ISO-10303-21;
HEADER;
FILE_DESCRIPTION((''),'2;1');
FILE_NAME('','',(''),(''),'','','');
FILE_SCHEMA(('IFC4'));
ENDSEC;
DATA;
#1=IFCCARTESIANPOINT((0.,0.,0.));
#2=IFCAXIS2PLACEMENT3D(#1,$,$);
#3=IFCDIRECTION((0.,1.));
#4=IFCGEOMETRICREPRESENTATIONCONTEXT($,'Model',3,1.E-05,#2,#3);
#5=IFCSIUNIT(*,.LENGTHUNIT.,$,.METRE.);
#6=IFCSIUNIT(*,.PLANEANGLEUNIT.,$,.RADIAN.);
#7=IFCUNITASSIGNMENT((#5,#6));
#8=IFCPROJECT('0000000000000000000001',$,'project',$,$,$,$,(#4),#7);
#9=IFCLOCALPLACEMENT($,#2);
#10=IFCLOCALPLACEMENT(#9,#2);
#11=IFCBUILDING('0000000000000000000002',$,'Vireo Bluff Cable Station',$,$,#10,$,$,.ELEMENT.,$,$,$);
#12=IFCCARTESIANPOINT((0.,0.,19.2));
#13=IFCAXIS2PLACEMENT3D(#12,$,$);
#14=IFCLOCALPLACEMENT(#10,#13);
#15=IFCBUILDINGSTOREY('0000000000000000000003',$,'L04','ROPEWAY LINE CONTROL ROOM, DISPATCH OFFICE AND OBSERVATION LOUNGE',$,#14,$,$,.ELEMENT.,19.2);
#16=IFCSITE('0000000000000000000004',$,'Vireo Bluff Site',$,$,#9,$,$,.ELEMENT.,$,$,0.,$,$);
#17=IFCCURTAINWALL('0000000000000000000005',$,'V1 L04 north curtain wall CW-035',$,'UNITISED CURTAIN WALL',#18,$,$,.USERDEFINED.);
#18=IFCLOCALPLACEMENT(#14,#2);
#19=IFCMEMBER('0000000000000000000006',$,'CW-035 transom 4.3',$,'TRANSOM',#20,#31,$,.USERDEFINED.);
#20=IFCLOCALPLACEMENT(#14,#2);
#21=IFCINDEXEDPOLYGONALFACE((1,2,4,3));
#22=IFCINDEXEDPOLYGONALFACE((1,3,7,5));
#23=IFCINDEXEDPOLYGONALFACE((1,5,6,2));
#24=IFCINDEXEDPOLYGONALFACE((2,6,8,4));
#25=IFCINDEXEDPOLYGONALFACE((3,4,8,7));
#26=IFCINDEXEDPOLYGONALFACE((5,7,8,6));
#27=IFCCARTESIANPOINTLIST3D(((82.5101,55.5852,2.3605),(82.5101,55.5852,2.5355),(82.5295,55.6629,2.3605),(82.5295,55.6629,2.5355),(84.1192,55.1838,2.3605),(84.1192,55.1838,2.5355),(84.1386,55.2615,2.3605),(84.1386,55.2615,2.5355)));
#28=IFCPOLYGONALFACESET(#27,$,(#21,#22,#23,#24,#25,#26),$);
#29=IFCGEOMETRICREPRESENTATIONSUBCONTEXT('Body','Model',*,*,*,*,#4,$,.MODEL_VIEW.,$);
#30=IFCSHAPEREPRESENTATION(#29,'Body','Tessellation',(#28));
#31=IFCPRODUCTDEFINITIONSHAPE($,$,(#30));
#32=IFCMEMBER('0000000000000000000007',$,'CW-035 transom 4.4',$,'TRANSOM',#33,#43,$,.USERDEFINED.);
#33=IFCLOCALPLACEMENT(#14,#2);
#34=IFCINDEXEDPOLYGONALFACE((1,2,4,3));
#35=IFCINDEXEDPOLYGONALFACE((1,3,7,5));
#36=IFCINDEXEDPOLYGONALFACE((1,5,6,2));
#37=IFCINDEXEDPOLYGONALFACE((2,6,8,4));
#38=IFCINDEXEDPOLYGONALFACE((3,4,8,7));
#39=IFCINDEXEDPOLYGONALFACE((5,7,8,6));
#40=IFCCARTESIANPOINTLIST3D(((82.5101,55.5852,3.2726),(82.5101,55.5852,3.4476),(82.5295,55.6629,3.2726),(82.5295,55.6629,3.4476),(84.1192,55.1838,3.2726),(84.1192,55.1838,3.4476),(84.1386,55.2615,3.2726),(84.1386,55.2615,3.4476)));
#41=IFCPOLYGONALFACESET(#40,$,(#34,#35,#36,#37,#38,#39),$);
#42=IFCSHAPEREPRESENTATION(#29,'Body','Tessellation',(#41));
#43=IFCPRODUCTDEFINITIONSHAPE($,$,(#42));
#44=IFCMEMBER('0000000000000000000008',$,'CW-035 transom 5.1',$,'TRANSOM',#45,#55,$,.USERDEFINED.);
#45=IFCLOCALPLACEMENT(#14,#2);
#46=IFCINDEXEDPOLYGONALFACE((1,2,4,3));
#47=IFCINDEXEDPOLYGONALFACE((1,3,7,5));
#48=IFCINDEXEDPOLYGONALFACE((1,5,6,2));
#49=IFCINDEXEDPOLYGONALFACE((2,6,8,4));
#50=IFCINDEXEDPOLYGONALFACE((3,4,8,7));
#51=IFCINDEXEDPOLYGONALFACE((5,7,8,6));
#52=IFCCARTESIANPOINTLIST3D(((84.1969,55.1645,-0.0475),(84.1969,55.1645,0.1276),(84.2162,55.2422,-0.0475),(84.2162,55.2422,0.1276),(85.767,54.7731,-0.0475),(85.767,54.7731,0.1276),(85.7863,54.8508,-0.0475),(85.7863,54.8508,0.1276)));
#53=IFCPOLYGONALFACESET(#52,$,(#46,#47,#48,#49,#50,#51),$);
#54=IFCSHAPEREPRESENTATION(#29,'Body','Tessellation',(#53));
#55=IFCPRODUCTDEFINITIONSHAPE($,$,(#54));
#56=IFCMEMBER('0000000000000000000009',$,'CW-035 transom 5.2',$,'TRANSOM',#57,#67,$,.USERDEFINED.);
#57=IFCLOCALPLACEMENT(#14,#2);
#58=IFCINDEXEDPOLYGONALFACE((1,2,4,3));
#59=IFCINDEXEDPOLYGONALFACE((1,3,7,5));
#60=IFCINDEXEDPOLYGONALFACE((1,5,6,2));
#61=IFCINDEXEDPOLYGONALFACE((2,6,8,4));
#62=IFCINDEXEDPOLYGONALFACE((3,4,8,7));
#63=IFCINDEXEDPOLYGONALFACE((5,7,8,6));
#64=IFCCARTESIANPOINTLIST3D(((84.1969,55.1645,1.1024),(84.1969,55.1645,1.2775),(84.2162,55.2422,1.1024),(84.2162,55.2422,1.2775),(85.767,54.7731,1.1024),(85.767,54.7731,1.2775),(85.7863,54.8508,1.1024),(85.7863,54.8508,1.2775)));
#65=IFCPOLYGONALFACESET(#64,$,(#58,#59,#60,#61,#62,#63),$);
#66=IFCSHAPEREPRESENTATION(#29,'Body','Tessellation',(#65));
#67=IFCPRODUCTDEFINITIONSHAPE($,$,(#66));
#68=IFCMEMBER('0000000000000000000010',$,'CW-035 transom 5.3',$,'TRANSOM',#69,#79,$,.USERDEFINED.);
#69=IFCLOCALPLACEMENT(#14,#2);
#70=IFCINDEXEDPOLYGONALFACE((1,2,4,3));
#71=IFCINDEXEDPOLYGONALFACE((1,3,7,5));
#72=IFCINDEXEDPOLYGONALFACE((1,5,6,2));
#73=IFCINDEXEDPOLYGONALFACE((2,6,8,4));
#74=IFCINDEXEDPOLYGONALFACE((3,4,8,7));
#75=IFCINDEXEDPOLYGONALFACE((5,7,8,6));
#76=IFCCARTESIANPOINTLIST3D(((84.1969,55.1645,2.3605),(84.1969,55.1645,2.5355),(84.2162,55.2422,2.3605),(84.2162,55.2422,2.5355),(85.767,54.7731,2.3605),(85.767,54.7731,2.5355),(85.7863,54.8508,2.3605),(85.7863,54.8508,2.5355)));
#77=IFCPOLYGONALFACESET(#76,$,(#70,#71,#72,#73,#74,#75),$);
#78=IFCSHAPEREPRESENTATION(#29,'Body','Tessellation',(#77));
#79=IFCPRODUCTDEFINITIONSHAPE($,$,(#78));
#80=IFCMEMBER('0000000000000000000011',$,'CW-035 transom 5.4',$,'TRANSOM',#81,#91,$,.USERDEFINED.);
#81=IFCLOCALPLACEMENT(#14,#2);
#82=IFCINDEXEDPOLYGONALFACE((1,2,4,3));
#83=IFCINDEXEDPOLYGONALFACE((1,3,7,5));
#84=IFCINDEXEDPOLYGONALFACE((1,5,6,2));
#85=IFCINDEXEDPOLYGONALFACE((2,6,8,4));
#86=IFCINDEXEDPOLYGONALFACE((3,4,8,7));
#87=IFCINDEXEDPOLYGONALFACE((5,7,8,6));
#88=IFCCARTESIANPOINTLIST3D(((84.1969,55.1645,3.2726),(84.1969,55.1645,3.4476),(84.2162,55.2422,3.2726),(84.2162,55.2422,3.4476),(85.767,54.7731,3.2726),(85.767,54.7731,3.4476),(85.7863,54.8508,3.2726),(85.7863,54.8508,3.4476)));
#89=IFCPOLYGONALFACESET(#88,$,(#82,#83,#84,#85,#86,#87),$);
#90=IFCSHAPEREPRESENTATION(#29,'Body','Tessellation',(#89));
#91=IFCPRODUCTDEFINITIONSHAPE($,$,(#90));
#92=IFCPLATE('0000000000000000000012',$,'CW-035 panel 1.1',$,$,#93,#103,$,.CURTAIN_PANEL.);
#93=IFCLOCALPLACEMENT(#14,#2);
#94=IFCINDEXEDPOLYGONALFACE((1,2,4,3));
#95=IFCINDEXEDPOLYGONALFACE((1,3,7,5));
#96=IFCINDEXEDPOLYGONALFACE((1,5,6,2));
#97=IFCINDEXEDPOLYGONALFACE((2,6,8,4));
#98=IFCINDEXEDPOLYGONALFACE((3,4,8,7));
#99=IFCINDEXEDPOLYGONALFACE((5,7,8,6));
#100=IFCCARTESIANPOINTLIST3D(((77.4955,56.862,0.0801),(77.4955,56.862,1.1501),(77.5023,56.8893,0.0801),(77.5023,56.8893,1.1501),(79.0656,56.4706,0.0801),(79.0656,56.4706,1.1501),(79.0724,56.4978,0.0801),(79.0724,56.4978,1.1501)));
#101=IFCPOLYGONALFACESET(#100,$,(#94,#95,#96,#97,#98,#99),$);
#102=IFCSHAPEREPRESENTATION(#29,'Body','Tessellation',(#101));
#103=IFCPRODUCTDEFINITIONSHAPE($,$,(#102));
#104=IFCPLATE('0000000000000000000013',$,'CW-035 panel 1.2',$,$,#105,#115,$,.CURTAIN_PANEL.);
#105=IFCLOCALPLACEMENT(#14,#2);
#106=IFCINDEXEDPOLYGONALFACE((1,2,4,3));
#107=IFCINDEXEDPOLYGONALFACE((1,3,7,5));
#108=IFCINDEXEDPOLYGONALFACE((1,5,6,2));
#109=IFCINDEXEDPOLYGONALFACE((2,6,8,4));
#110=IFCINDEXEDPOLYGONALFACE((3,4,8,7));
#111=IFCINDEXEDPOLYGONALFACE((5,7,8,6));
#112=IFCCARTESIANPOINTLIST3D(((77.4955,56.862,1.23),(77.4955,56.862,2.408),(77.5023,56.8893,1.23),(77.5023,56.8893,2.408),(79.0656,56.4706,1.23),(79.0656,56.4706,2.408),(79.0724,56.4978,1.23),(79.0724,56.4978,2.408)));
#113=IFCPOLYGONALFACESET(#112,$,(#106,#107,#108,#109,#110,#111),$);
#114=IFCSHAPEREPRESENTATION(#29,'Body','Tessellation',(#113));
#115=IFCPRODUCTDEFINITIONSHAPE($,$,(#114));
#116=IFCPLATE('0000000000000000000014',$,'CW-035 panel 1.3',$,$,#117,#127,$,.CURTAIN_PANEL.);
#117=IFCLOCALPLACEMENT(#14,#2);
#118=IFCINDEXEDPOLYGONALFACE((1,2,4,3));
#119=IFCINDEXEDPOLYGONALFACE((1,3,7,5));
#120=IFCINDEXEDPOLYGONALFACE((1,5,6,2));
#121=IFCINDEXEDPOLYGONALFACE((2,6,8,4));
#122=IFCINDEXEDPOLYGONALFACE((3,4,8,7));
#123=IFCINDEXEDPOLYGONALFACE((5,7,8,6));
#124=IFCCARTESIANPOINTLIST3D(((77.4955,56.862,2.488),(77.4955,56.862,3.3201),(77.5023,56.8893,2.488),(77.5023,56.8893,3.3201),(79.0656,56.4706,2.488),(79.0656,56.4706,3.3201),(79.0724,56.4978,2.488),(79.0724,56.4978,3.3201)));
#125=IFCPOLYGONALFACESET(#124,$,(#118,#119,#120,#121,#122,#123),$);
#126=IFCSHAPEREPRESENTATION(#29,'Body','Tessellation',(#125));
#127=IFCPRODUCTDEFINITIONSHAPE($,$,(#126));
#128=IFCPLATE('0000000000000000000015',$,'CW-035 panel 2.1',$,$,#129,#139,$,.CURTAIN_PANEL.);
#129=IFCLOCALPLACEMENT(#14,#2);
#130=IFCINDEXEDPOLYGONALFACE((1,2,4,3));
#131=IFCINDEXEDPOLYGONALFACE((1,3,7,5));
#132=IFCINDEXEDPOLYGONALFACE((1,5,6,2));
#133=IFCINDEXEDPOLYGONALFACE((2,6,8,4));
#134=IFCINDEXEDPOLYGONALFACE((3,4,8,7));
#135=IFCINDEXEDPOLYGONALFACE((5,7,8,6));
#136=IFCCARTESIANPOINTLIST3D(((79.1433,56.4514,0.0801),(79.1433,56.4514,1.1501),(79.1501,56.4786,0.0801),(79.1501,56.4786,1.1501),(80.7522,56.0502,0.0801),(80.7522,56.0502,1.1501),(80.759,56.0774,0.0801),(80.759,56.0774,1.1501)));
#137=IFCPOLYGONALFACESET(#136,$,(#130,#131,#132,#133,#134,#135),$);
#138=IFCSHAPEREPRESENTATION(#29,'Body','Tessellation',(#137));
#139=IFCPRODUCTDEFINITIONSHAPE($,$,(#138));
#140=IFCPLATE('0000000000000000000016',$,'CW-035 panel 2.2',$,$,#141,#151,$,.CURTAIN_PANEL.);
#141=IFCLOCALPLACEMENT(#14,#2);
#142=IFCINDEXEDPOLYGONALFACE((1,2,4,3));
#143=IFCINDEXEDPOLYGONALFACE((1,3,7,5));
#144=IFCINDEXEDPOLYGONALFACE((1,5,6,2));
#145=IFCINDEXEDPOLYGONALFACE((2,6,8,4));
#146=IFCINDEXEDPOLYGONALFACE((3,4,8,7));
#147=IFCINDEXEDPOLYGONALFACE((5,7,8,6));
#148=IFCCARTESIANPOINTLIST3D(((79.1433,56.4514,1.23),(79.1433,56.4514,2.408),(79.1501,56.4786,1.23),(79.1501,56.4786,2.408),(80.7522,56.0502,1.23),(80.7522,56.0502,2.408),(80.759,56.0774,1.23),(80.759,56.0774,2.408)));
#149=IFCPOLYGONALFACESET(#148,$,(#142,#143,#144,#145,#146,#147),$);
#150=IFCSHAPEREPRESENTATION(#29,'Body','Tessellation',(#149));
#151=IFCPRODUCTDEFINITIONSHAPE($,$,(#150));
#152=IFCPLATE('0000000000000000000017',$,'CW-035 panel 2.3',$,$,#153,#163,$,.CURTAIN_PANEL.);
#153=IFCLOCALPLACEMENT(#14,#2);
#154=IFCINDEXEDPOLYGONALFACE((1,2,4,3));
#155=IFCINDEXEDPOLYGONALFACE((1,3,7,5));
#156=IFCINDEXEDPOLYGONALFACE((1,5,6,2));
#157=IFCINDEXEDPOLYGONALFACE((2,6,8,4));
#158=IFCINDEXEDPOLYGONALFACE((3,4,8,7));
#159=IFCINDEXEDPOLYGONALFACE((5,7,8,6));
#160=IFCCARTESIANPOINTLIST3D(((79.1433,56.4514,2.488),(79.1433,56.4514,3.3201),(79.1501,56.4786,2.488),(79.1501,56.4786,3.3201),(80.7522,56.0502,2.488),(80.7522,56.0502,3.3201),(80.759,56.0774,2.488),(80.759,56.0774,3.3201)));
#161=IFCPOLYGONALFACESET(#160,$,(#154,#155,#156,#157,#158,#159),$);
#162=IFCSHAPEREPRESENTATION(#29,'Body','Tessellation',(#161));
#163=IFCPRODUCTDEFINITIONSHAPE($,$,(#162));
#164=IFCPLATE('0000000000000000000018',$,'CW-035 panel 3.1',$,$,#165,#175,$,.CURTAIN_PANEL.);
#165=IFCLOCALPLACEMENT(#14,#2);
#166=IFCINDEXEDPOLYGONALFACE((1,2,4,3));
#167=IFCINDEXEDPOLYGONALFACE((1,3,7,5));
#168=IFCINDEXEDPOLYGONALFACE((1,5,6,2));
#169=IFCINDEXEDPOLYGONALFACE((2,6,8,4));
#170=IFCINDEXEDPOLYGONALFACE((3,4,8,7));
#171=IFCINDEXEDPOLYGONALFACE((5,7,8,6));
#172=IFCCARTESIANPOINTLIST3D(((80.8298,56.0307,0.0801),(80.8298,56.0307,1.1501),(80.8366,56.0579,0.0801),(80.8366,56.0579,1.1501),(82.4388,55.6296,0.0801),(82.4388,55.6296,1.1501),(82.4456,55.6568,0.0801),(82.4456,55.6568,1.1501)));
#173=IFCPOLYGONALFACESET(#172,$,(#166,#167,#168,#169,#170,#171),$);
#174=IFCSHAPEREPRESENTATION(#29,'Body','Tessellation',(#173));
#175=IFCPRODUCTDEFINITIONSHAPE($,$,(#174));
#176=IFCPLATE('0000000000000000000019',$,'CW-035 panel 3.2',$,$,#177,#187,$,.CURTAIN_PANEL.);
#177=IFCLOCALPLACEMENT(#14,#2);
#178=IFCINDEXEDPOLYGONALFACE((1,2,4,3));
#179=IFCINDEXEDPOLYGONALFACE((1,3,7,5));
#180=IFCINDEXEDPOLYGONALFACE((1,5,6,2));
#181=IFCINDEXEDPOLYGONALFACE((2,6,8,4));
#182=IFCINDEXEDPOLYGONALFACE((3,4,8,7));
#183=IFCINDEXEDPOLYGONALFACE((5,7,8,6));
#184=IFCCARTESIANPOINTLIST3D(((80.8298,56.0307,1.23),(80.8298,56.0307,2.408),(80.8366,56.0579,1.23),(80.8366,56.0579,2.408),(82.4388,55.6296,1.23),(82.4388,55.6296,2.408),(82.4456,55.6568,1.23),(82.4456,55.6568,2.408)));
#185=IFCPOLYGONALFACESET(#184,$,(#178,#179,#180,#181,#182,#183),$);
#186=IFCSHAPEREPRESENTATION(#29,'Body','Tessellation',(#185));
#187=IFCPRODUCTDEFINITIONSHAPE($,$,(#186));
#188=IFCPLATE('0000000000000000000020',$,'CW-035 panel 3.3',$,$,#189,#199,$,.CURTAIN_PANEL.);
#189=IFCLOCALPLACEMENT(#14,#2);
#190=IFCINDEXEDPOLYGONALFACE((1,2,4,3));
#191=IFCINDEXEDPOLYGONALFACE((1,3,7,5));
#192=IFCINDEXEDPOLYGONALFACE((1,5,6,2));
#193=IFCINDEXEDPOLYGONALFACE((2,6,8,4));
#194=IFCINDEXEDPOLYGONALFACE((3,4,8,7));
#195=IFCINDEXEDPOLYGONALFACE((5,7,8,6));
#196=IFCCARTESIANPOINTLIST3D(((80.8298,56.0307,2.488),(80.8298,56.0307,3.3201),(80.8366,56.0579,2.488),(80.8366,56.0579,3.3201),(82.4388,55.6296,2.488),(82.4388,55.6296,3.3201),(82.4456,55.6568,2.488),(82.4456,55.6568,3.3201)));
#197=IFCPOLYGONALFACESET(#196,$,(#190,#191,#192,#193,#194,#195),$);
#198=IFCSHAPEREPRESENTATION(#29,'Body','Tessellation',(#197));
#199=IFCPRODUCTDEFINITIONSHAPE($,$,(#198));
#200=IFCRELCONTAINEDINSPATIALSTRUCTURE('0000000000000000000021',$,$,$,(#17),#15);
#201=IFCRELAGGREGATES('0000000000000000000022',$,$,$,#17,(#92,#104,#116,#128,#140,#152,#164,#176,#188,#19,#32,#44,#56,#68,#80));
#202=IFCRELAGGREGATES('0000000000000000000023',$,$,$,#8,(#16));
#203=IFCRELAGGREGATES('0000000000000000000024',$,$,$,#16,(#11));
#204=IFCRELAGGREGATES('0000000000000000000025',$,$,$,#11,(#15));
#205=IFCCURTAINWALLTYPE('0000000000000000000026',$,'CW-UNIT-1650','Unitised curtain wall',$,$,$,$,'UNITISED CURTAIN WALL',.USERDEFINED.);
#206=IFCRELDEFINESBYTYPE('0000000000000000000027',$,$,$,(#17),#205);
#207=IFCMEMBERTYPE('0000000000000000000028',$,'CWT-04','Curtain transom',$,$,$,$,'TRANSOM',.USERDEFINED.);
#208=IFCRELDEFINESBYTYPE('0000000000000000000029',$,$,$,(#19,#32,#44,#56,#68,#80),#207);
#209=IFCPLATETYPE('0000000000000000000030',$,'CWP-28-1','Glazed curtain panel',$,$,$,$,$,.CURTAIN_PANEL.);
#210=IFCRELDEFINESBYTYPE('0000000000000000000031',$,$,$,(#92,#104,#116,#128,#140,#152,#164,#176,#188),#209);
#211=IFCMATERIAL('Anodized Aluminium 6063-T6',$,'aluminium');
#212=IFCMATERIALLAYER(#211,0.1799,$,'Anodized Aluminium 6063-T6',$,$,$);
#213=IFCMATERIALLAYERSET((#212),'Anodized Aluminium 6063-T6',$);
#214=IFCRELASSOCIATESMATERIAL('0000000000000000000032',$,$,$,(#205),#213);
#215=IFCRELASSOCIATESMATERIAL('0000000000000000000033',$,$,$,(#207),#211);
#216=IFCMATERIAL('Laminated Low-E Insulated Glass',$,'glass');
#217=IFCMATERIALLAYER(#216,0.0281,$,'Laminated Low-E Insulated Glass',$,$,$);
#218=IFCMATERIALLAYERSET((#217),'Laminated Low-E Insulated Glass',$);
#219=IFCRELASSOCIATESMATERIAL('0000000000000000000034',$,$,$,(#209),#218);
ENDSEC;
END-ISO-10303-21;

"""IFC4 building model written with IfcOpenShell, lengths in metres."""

from ifc_helpers import new_model, si_unit, direction, frame, origin, origin_2d, place, context, subcontext, project, spatial, rectangle, extrude, material, layer, layer_set, material_profile, profile_set, type_object, element, aggregate, save


model = new_model("IFC4")

# Units and contexts
model_context = context("Model", 3, precision=1e-05, world=origin(), true_north=direction((0.0, 1.0)))
body_context = subcontext(model_context, "Body", "Model", "MODEL_VIEW")
ifc_project = project(units=[si_unit("LENGTHUNIT", "METRE"), si_unit("PLANEANGLEUNIT", "RADIAN")], contexts=[model_context])

# Site, building, storey
site_placement = place(None, origin())
site = spatial("IfcSite", under=ifc_project, at=site_placement, Name="Vireo Bluff Site", CompositionType="ELEMENT", RefElevation=0.0)
building_placement = place(site_placement, origin())
building = spatial("IfcBuilding", under=site, at=building_placement, Name="Vireo Bluff Cable Station", CompositionType="ELEMENT")
storey_placement = place(building_placement, frame((0.0, 0.0, 19.2)))
storey = spatial("IfcBuildingStorey", under=building, at=storey_placement, Name="L04", Description="ROPEWAY LINE CONTROL ROOM, DISPATCH OFFICE AND OBSERVATION LOUNGE", CompositionType="ELEMENT", Elevation=19.2)

# Curtain wall, members, plates
ifc_material_1 = material(Name="Anodized Aluminium 6063-T6", Category="aluminium")
ifc_layer_1 = layer(ifc_material_1, 0.1799, Name="Anodized Aluminium 6063-T6")
ifc_layer_set_1 = layer_set([ifc_layer_1], Name="Anodized Aluminium 6063-T6")
curtain_wall_type = type_object("IfcCurtainWallType", Name="CW-UNIT-1650", Description="Unitised curtain wall", ElementType="UNITISED CURTAIN WALL", PredefinedType="USERDEFINED", material=ifc_layer_set_1)
curtain_wall_placement = place(storey_placement, origin())
curtain_wall = element("IfcCurtainWall", 1, at=curtain_wall_placement, inside=storey, type_object=curtain_wall_type, Name="V1 L04 north curtain wall CW-035", ObjectType="UNITISED CURTAIN WALL", PredefinedType="USERDEFINED")
ifc_material_profile_1 = material_profile(ifc_material_1, rectangle(XDim=0.0801, YDim=0.175, at=origin_2d()), Name="ALU-T-80X175")
ifc_profile_set_1 = profile_set([ifc_material_profile_1], Name="Anodized Aluminium 6063-T6")
member_type_1 = type_object("IfcMemberType", Name="CWT-04", Description="Curtain transom", ElementType="TRANSOM", PredefinedType="USERDEFINED", material=ifc_profile_set_1)
member_1_placement = place(storey_placement, frame((82.5198, 55.624, 2.448), z_axis=(0.970272, -0.242016, 0.0), x_axis=(0.242016, 0.970272, 0.0)))
member_1 = element("IfcMember", 2, at=member_1_placement, type_object=member_type_1, Name="CW-035 transom 4.3", ObjectType="TRANSOM", PredefinedType="USERDEFINED", context=body_context, shape_type="SweptSolid", body=[
    extrude(rectangle(XDim=0.0801, YDim=0.175, at=origin_2d()), origin(), (0.0, 0.0, 1.0), 1.6584),
])
member_2_placement = place(storey_placement, frame((82.5198, 55.624, 3.3601), z_axis=(0.970272, -0.242016, 0.0), x_axis=(0.242016, 0.970272, 0.0)))
member_2 = element("IfcMember", 3, at=member_2_placement, type_object=member_type_1, Name="CW-035 transom 4.4", ObjectType="TRANSOM", PredefinedType="USERDEFINED", context=body_context, shape_type="SweptSolid", body=[
    extrude(rectangle(XDim=0.0801, YDim=0.175, at=origin_2d()), origin(), (0.0, 0.0, 1.0), 1.6584),
])
member_3_placement = place(storey_placement, frame((84.2065, 55.2034, 0.04), z_axis=(0.970311, -0.241861, 0.0), x_axis=(0.241861, 0.970311, 0.0)))
member_3 = element("IfcMember", 4, at=member_3_placement, type_object=member_type_1, Name="CW-035 transom 5.1", ObjectType="TRANSOM", PredefinedType="USERDEFINED", context=body_context, shape_type="SweptSolid", body=[
    extrude(rectangle(XDim=0.0801, YDim=0.175, at=origin_2d()), origin(), (0.0, 0.0, 1.0), 1.6182),
])
member_4_placement = place(storey_placement, frame((84.2065, 55.2034, 1.1899), z_axis=(0.970311, -0.241861, 0.0), x_axis=(0.241861, 0.970311, 0.0)))
member_4 = element("IfcMember", 5, at=member_4_placement, type_object=member_type_1, Name="CW-035 transom 5.2", ObjectType="TRANSOM", PredefinedType="USERDEFINED", context=body_context, shape_type="SweptSolid", body=[
    extrude(rectangle(XDim=0.0801, YDim=0.175, at=origin_2d()), origin(), (0.0, 0.0, 1.0), 1.6182),
])
member_5_placement = place(storey_placement, frame((84.2065, 55.2034, 2.448), z_axis=(0.970311, -0.241861, 0.0), x_axis=(0.241861, 0.970311, 0.0)))
member_5 = element("IfcMember", 6, at=member_5_placement, type_object=member_type_1, Name="CW-035 transom 5.3", ObjectType="TRANSOM", PredefinedType="USERDEFINED", context=body_context, shape_type="SweptSolid", body=[
    extrude(rectangle(XDim=0.0801, YDim=0.175, at=origin_2d()), origin(), (0.0, 0.0, 1.0), 1.6182),
])
member_6_placement = place(storey_placement, frame((84.2065, 55.2034, 3.3601), z_axis=(0.970311, -0.241861, 0.0), x_axis=(0.241861, 0.970311, 0.0)))
member_6 = element("IfcMember", 7, at=member_6_placement, type_object=member_type_1, Name="CW-035 transom 5.4", ObjectType="TRANSOM", PredefinedType="USERDEFINED", context=body_context, shape_type="SweptSolid", body=[
    extrude(rectangle(XDim=0.0801, YDim=0.175, at=origin_2d()), origin(), (0.0, 0.0, 1.0), 1.6182),
])
ifc_material_2 = material(Name="Laminated Low-E Insulated Glass", Category="glass")
ifc_layer_2 = layer(ifc_material_2, 0.0281, Name="Laminated Low-E Insulated Glass")
ifc_layer_set_2 = layer_set([ifc_layer_2], Name="Laminated Low-E Insulated Glass")
plate_type = type_object("IfcPlateType", Name="CWP-28-1", Description="Glazed curtain panel", PredefinedType="CURTAIN_PANEL", material=ifc_layer_set_2)
plate_1_placement = place(storey_placement, frame((78.2839, 56.6799, 0.0801), z_axis=(0.0, 0.0, 1.0), x_axis=(0.970296, -0.241922, 0.0)))
plate_1 = element("IfcPlate", 8, at=plate_1_placement, type_object=plate_type, Name="CW-035 panel 1.1", PredefinedType="CURTAIN_PANEL", context=body_context, shape_type="SweptSolid", body=[
    extrude(rectangle(XDim=1.6182, YDim=0.0281, at=origin_2d()), origin(), (0.0, 0.0, 1.0), 1.0701),
])
plate_2_placement = place(storey_placement, frame((78.2839, 56.6799, 1.23), z_axis=(0.0, 0.0, 1.0), x_axis=(0.970296, -0.241922, 0.0)))
plate_2 = element("IfcPlate", 9, at=plate_2_placement, type_object=plate_type, Name="CW-035 panel 1.2", PredefinedType="CURTAIN_PANEL", context=body_context, shape_type="SweptSolid", body=[
    extrude(rectangle(XDim=1.6182, YDim=0.0281, at=origin_2d()), origin(), (0.0, 0.0, 1.0), 1.178),
])
plate_3_placement = place(storey_placement, frame((78.2839, 56.6799, 2.488), z_axis=(0.0, 0.0, 1.0), x_axis=(0.970296, -0.241922, 0.0)))
plate_3 = element("IfcPlate", 10, at=plate_3_placement, type_object=plate_type, Name="CW-035 panel 1.3", PredefinedType="CURTAIN_PANEL", context=body_context, shape_type="SweptSolid", body=[
    extrude(rectangle(XDim=1.6182, YDim=0.0281, at=origin_2d()), origin(), (0.0, 0.0, 1.0), 0.832),
])
plate_4_placement = place(storey_placement, frame((79.9512, 56.2644, 0.0801), z_axis=(0.0, 0.0, 1.0), x_axis=(0.970296, -0.241922, 0.0)))
plate_4 = element("IfcPlate", 11, at=plate_4_placement, type_object=plate_type, Name="CW-035 panel 2.1", PredefinedType="CURTAIN_PANEL", context=body_context, shape_type="SweptSolid", body=[
    extrude(rectangle(XDim=1.6582, YDim=0.0281, at=origin_2d()), origin(), (0.0, 0.0, 1.0), 1.0701),
])
plate_5_placement = place(storey_placement, frame((79.9512, 56.2644, 1.23), z_axis=(0.0, 0.0, 1.0), x_axis=(0.970296, -0.241922, 0.0)))
plate_5 = element("IfcPlate", 12, at=plate_5_placement, type_object=plate_type, Name="CW-035 panel 2.2", PredefinedType="CURTAIN_PANEL", context=body_context, shape_type="SweptSolid", body=[
    extrude(rectangle(XDim=1.6582, YDim=0.0281, at=origin_2d()), origin(), (0.0, 0.0, 1.0), 1.178),
])
plate_6_placement = place(storey_placement, frame((79.9512, 56.2644, 2.488), z_axis=(0.0, 0.0, 1.0), x_axis=(0.970296, -0.241922, 0.0)))
plate_6 = element("IfcPlate", 13, at=plate_6_placement, type_object=plate_type, Name="CW-035 panel 2.3", PredefinedType="CURTAIN_PANEL", context=body_context, shape_type="SweptSolid", body=[
    extrude(rectangle(XDim=1.6582, YDim=0.0281, at=origin_2d()), origin(), (0.0, 0.0, 1.0), 0.832),
])
plate_7_placement = place(storey_placement, frame((81.6377, 55.8438, 0.0801), z_axis=(0.0, 0.0, 1.0), x_axis=(0.970296, -0.241922, 0.0)))
plate_7 = element("IfcPlate", 14, at=plate_7_placement, type_object=plate_type, Name="CW-035 panel 3.1", PredefinedType="CURTAIN_PANEL", context=body_context, shape_type="SweptSolid", body=[
    extrude(rectangle(XDim=1.6582, YDim=0.0281, at=origin_2d()), origin(), (0.0, 0.0, 1.0), 1.0701),
])
plate_8_placement = place(storey_placement, frame((81.6377, 55.8438, 1.23), z_axis=(0.0, 0.0, 1.0), x_axis=(0.970296, -0.241922, 0.0)))
plate_8 = element("IfcPlate", 15, at=plate_8_placement, type_object=plate_type, Name="CW-035 panel 3.2", PredefinedType="CURTAIN_PANEL", context=body_context, shape_type="SweptSolid", body=[
    extrude(rectangle(XDim=1.6582, YDim=0.0281, at=origin_2d()), origin(), (0.0, 0.0, 1.0), 1.178),
])
plate_9_placement = place(storey_placement, frame((81.6377, 55.8438, 2.488), z_axis=(0.0, 0.0, 1.0), x_axis=(0.970296, -0.241922, 0.0)))
plate_9 = element("IfcPlate", 16, at=plate_9_placement, type_object=plate_type, Name="CW-035 panel 3.3", PredefinedType="CURTAIN_PANEL", context=body_context, shape_type="SweptSolid", body=[
    extrude(rectangle(XDim=1.6582, YDim=0.0281, at=origin_2d()), origin(), (0.0, 0.0, 1.0), 0.832),
])
aggregate(curtain_wall, [plate_1, plate_2, plate_3, plate_4, plate_5, plate_6, plate_7, plate_8, plate_9, member_1, member_2, member_3, member_4, member_5, member_6])

save(model, "model.ifc")
